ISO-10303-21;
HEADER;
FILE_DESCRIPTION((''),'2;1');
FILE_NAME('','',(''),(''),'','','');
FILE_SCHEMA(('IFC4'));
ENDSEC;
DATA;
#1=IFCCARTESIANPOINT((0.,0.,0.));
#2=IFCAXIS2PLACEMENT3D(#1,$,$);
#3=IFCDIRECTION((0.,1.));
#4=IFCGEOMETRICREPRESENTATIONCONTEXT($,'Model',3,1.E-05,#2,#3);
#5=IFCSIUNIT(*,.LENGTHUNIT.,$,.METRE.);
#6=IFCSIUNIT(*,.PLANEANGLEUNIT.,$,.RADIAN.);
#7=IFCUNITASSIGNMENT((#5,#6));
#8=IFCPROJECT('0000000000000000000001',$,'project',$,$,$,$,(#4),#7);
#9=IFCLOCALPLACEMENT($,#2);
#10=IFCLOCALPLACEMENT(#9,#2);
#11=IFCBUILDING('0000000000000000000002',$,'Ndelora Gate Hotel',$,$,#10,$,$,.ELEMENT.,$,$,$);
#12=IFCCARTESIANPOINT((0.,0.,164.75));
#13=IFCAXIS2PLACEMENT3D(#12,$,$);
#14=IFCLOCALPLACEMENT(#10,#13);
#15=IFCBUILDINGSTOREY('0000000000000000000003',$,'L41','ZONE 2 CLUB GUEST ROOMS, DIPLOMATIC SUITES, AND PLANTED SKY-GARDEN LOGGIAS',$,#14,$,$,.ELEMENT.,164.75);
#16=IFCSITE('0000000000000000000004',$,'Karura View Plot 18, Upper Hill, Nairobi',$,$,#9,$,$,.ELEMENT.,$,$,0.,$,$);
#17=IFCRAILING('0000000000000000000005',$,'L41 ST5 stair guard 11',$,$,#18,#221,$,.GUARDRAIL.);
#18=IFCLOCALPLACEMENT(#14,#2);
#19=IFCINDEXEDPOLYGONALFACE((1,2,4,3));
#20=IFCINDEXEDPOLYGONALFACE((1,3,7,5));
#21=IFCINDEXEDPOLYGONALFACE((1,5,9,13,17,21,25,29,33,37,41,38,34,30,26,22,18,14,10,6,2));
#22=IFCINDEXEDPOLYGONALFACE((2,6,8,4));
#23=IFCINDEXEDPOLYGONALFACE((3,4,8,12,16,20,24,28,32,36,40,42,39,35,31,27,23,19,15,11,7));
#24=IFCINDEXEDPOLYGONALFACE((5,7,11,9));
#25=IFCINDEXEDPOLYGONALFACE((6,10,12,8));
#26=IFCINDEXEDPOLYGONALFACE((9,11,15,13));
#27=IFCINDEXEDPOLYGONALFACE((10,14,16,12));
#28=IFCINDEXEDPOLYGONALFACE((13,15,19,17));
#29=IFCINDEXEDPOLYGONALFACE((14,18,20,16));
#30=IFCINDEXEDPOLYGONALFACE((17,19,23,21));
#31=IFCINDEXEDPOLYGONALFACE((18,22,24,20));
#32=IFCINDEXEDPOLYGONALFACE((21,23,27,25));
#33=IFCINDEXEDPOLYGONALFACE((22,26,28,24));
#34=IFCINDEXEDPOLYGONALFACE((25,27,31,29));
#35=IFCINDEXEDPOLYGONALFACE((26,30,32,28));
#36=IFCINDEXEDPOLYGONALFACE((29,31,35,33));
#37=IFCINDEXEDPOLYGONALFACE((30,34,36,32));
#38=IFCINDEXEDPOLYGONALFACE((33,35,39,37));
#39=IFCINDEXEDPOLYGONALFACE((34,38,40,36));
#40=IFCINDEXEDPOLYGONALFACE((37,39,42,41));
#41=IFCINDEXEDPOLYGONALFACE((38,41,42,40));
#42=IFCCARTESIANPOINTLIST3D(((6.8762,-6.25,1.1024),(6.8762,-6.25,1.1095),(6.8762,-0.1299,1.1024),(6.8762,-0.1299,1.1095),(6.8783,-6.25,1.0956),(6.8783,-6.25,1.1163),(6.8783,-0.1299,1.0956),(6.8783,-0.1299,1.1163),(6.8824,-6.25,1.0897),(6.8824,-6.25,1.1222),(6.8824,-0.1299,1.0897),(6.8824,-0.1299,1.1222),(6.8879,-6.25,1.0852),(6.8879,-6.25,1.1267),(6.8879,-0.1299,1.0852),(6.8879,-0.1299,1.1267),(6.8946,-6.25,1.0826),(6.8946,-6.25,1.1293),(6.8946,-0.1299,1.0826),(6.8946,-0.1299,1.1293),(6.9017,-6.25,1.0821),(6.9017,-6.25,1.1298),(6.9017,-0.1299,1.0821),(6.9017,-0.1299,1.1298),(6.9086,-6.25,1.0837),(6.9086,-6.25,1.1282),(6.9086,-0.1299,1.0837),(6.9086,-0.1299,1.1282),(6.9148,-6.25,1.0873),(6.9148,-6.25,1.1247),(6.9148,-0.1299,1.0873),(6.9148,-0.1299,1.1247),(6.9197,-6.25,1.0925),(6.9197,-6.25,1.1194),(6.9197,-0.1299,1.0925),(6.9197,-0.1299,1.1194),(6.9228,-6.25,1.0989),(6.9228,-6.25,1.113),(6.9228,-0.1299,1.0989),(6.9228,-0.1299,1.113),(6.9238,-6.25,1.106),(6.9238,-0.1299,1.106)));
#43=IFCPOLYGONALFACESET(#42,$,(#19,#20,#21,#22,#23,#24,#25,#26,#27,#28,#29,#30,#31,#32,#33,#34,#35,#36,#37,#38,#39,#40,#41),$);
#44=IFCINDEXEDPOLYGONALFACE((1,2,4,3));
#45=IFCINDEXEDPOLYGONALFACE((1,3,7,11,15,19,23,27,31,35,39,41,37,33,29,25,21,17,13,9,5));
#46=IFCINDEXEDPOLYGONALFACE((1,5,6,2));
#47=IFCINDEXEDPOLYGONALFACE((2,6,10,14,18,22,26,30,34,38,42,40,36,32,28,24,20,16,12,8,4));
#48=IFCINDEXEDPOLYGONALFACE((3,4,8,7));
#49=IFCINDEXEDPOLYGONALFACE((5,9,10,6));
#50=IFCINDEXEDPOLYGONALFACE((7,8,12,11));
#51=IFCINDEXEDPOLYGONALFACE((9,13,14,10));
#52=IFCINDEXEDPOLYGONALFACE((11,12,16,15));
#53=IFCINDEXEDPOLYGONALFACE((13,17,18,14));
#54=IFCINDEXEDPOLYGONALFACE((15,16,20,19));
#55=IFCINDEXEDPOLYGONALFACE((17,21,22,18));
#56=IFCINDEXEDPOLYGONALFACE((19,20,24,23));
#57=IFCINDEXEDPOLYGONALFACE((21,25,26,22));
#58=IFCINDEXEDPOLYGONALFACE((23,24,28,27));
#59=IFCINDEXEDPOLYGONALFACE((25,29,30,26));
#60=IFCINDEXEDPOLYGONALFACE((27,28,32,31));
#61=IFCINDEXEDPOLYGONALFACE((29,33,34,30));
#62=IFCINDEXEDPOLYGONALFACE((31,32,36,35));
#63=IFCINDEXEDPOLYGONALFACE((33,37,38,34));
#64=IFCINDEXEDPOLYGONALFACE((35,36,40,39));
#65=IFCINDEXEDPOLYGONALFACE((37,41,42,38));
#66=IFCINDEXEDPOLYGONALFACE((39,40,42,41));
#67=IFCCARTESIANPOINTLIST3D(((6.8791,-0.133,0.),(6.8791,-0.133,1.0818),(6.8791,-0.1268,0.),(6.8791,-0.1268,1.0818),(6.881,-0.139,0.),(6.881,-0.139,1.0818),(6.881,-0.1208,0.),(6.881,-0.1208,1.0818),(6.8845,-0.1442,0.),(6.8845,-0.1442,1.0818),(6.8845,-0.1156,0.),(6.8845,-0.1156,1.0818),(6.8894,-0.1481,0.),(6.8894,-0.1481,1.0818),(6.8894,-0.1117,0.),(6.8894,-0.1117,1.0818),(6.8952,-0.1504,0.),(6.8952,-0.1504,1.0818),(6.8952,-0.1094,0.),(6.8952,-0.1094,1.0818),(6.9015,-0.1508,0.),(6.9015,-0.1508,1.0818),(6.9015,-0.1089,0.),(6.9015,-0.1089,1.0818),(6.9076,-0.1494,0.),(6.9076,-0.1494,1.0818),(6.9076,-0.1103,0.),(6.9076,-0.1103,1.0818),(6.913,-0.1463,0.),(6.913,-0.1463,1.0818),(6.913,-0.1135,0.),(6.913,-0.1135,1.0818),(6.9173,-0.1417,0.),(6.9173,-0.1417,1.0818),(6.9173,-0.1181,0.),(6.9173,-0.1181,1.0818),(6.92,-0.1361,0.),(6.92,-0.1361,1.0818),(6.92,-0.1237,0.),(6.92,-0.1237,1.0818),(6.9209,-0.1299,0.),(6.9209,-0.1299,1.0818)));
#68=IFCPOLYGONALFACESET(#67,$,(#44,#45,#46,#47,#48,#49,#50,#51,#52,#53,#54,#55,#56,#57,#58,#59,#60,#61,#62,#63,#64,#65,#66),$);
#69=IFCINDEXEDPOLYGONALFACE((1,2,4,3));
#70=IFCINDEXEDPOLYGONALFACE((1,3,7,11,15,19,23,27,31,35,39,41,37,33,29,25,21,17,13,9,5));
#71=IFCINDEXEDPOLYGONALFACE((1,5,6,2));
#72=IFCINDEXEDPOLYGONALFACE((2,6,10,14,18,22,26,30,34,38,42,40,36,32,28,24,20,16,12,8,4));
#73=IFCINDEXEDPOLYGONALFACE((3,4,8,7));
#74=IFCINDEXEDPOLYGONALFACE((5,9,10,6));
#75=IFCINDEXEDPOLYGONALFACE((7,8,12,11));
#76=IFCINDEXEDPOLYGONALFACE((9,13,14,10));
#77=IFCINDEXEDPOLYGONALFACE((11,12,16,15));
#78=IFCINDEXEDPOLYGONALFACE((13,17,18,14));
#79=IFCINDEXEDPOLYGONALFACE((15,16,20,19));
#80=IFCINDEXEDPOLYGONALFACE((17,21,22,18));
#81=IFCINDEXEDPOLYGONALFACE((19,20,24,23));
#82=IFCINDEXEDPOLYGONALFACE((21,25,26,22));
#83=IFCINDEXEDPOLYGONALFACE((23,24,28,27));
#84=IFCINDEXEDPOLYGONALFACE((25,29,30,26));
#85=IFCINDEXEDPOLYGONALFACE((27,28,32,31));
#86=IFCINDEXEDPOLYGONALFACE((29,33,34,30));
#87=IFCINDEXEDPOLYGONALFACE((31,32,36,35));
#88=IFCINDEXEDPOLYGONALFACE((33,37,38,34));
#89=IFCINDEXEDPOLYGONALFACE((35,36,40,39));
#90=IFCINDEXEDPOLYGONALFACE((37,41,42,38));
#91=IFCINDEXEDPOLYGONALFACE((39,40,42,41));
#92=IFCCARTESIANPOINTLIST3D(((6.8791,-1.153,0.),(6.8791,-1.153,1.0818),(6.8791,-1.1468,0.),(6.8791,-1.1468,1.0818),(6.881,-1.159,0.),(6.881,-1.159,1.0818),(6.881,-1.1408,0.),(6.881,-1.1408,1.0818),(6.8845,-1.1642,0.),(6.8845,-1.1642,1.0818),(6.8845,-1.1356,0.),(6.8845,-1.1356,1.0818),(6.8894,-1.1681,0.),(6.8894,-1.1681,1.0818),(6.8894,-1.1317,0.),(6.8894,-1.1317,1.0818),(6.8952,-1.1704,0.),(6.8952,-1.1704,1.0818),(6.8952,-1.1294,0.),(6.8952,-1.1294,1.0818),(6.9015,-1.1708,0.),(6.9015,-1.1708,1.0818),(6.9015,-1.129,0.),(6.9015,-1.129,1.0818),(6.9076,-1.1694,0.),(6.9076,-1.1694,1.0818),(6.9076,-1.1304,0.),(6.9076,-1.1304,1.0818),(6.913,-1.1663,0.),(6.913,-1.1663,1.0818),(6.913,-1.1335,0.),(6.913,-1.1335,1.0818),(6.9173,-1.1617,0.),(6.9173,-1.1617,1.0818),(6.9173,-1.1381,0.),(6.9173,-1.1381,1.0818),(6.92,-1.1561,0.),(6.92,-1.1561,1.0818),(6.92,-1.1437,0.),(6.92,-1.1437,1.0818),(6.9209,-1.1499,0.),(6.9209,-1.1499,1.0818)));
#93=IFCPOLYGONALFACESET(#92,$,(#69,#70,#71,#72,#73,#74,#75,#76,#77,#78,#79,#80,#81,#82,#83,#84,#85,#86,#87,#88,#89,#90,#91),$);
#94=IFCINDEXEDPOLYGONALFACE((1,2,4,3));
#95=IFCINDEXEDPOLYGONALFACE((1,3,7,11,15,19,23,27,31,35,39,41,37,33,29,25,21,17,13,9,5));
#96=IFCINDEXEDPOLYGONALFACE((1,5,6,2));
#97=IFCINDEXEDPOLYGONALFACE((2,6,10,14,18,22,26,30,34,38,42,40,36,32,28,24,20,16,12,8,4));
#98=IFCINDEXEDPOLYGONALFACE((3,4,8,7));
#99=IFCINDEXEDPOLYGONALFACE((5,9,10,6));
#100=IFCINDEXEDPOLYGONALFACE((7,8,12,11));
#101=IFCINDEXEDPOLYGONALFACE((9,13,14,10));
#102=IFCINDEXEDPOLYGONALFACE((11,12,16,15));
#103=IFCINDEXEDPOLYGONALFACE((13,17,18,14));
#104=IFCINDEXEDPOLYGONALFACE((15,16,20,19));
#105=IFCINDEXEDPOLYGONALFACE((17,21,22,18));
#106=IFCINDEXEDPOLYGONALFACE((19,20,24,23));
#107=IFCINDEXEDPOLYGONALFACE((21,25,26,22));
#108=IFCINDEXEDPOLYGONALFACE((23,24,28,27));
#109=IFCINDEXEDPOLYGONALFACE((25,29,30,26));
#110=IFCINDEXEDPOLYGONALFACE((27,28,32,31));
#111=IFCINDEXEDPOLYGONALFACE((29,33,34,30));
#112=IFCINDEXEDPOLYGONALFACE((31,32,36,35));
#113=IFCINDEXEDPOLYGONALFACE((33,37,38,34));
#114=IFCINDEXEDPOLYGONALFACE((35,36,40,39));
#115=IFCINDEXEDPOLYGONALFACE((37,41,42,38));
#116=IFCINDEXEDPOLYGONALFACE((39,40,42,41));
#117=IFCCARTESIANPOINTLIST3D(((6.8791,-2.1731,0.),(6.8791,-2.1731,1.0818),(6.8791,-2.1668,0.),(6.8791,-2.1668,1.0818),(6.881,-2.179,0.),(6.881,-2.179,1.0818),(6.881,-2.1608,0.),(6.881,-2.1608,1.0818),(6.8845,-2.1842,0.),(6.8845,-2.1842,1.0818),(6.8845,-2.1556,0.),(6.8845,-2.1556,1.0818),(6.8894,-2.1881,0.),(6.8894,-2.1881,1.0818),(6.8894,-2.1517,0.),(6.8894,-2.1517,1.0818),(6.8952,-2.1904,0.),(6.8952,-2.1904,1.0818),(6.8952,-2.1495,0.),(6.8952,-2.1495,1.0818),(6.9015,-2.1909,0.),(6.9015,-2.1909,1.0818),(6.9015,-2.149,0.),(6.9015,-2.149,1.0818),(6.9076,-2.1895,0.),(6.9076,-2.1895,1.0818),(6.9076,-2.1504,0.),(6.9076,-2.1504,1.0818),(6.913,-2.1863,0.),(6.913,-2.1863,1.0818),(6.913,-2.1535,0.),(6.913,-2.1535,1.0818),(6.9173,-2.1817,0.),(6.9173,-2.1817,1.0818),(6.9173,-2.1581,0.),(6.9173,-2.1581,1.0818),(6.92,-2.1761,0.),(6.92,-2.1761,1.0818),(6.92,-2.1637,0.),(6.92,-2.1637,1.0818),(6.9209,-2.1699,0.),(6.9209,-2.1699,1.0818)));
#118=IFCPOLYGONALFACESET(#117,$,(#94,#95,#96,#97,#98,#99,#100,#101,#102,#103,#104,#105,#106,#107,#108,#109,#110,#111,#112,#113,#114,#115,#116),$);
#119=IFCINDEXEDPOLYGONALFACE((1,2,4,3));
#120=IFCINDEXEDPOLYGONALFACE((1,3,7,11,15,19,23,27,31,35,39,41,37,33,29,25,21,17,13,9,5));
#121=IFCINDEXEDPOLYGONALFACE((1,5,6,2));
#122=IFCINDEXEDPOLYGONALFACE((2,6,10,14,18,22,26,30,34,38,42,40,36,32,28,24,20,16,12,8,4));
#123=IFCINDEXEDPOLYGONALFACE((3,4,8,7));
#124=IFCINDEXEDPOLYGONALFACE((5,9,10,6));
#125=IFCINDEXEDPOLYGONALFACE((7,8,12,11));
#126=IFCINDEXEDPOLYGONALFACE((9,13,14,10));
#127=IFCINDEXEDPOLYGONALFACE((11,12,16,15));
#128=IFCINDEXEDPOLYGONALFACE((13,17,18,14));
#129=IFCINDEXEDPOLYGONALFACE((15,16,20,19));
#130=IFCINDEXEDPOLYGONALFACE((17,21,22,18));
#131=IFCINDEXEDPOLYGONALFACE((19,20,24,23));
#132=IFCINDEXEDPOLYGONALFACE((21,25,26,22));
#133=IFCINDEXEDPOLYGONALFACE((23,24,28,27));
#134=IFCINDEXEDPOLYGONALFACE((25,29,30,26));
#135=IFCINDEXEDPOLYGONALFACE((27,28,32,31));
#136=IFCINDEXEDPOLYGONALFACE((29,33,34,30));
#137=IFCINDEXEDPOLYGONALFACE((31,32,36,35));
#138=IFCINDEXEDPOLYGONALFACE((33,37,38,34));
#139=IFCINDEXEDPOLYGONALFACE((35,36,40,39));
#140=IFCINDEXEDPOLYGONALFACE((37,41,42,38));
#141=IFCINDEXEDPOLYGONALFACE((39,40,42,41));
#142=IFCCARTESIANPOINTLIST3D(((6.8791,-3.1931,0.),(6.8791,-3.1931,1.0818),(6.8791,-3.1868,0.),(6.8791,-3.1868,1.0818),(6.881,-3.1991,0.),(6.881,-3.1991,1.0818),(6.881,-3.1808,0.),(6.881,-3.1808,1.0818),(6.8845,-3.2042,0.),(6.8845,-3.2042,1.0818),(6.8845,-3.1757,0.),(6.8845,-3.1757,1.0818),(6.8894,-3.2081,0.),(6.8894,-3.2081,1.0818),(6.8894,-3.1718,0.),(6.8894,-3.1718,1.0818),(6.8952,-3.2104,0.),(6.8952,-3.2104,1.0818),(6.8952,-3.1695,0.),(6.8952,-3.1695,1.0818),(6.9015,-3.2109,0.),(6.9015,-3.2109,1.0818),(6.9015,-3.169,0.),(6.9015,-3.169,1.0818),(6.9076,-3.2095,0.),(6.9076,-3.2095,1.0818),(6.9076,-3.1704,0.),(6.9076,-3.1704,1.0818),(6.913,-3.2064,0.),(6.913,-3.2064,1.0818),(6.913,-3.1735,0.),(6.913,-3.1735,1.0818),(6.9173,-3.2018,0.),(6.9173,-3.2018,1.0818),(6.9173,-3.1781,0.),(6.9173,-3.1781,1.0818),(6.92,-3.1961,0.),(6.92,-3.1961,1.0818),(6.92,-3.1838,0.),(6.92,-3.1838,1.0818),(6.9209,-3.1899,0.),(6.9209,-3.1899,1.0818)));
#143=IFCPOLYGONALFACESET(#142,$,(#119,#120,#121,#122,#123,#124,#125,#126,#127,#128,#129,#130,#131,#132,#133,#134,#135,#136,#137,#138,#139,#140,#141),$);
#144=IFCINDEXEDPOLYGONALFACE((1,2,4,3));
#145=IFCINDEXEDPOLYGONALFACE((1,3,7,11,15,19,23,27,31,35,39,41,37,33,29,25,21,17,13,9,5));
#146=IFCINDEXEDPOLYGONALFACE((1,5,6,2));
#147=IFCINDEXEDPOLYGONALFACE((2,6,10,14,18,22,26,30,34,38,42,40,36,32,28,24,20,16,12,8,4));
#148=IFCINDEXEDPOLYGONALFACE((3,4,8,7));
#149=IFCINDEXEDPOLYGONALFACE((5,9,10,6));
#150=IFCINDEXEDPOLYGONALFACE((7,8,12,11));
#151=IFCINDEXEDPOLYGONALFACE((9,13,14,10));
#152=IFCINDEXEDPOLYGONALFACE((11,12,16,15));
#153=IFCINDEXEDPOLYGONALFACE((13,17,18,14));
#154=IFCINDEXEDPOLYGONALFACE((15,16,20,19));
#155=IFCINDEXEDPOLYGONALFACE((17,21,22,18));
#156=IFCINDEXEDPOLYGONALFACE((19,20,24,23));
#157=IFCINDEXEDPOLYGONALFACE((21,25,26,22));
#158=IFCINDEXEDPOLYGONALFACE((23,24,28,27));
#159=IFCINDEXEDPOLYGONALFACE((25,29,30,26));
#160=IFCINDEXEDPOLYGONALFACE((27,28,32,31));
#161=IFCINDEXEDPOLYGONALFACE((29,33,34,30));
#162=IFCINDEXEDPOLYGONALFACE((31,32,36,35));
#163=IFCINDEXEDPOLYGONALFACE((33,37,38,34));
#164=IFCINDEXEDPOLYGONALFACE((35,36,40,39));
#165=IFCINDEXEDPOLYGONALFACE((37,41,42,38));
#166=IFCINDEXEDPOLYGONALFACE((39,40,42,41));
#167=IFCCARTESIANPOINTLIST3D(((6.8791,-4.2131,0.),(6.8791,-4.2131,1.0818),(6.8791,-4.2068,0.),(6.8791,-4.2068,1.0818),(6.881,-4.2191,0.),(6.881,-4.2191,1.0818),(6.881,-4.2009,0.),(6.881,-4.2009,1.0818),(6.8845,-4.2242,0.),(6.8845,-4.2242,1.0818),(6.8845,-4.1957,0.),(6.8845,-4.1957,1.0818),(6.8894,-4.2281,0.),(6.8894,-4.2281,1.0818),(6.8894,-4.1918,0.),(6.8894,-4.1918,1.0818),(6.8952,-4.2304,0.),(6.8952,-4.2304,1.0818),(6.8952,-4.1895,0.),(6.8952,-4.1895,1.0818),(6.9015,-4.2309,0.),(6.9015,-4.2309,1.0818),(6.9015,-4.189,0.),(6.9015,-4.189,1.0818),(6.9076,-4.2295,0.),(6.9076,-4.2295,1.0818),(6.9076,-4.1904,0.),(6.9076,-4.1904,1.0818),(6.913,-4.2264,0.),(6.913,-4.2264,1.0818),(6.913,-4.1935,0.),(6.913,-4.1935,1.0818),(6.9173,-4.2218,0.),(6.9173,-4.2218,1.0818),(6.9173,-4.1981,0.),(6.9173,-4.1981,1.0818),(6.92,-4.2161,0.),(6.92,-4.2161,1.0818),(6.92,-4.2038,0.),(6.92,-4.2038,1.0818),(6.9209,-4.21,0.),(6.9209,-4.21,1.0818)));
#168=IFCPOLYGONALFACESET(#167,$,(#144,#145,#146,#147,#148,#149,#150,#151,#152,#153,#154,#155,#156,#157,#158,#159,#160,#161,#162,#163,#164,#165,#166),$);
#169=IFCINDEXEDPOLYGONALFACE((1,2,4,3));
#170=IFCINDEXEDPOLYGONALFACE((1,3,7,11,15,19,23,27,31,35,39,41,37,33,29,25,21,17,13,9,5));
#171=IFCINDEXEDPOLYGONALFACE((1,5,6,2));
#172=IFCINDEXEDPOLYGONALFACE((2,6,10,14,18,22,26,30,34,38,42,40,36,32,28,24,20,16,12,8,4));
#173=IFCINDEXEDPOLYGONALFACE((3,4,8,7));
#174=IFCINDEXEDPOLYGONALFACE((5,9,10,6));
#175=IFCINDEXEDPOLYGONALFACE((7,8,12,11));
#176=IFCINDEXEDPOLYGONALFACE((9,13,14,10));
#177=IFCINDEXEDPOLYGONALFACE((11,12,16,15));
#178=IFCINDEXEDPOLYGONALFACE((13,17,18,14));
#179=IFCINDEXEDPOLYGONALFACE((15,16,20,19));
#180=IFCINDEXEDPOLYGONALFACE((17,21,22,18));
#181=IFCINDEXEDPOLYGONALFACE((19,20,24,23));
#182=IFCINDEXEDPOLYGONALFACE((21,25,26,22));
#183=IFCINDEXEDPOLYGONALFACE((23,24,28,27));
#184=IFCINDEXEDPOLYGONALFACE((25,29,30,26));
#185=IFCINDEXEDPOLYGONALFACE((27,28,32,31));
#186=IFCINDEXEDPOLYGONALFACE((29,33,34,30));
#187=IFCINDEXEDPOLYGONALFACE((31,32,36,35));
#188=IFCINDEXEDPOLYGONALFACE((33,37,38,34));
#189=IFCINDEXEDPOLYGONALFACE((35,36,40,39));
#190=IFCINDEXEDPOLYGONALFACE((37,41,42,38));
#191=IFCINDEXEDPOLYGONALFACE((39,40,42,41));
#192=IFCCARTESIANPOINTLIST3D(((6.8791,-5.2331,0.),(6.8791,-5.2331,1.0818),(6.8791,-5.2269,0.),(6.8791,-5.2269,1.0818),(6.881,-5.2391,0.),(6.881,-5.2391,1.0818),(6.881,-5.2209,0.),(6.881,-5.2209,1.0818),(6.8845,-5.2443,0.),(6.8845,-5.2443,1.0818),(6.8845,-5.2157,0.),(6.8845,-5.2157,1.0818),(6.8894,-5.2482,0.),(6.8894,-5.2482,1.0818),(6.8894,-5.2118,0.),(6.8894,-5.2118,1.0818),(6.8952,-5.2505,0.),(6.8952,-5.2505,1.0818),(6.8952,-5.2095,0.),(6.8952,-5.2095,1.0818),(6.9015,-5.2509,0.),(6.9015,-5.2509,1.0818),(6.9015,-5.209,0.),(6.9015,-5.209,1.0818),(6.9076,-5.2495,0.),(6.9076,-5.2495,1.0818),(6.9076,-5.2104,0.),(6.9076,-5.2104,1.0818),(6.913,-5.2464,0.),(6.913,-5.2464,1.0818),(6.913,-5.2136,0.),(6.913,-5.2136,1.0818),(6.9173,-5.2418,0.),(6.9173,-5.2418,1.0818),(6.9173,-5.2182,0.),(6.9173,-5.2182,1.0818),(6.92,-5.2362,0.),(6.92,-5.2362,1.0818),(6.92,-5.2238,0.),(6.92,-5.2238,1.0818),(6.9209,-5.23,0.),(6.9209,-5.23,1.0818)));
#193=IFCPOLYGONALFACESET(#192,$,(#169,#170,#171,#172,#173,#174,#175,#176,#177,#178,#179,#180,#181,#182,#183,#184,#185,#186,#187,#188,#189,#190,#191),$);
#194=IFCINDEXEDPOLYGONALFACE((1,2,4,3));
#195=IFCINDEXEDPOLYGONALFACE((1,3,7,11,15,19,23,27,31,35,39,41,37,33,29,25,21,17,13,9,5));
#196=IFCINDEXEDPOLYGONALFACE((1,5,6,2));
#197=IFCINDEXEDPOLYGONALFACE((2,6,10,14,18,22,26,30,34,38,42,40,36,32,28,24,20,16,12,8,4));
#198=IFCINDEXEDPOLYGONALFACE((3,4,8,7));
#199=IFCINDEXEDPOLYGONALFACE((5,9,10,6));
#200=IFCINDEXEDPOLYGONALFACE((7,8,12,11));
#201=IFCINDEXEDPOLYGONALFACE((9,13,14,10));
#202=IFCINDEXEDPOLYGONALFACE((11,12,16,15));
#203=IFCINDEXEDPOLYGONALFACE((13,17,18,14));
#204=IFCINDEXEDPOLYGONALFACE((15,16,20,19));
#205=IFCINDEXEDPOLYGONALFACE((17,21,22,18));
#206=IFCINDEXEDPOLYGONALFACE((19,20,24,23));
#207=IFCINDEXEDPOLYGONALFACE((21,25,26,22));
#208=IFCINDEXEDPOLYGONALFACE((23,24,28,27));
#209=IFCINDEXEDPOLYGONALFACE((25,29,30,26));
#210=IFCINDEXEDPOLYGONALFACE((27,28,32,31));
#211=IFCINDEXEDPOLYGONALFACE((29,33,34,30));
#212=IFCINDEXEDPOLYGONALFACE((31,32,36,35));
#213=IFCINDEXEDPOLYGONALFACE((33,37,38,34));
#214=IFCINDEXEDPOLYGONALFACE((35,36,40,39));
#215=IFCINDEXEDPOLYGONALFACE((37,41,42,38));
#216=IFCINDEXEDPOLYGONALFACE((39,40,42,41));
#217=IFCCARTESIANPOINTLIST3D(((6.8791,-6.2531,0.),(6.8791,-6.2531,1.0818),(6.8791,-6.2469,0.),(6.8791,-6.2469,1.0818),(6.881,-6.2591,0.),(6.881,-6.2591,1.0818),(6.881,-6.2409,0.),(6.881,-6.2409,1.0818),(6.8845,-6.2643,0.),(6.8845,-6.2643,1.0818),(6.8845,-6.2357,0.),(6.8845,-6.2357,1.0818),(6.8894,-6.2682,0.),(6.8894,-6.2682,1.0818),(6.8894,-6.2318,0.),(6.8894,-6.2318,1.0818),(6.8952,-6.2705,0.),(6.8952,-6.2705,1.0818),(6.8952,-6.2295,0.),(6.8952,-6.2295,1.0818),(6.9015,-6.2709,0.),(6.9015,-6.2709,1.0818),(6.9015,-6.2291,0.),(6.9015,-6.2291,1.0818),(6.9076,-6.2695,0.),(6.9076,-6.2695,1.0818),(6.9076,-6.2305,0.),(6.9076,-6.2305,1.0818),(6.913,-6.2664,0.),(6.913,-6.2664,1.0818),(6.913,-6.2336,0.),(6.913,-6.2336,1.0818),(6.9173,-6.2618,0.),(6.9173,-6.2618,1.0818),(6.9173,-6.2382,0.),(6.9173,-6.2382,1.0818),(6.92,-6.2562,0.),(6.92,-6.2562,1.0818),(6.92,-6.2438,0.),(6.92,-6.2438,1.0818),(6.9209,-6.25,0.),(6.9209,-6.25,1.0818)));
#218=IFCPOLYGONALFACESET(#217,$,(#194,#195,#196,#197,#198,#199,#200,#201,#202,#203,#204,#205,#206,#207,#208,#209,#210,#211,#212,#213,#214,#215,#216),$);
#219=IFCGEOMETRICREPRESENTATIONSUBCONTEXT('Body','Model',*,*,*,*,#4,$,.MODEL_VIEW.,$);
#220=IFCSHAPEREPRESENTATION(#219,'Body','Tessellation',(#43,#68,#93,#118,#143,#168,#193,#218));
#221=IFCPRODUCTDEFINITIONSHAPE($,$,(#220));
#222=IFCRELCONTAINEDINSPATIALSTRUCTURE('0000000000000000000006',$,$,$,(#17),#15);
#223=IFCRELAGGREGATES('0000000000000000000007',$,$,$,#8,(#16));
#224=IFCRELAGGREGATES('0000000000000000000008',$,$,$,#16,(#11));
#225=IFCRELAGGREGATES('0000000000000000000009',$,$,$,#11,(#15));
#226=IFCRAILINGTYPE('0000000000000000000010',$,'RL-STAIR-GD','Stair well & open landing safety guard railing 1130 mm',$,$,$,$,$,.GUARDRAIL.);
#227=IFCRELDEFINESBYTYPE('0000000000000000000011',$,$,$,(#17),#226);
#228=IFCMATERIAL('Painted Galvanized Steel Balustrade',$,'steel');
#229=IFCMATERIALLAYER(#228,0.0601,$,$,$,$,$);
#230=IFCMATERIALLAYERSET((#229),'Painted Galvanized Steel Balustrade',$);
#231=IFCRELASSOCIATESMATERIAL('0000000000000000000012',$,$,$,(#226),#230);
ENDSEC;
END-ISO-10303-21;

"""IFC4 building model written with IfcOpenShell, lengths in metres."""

from ifc_helpers import new_model, si_unit, direction, frame, origin, origin_2d, place, context, subcontext, project, spatial, circle, extrude, material, layer, layer_set, type_object, element, save


model = new_model("IFC4")

# Units and contexts
model_context = context("Model", 3, precision=1e-05, world=origin(), true_north=direction((0.0, 1.0)))
body_context = subcontext(model_context, "Body", "Model", "MODEL_VIEW")
ifc_project = project(units=[si_unit("LENGTHUNIT", "METRE"), si_unit("PLANEANGLEUNIT", "RADIAN")], contexts=[model_context])

# Site, building, storey
site_placement = place(None, origin())
site = spatial("IfcSite", under=ifc_project, at=site_placement, Name="Karura View Plot 18, Upper Hill, Nairobi", CompositionType="ELEMENT", RefElevation=0.0)
building_placement = place(site_placement, origin())
building = spatial("IfcBuilding", under=site, at=building_placement, Name="Ndelora Gate Hotel", CompositionType="ELEMENT")
storey_placement = place(building_placement, frame((0.0, 0.0, 164.75)))
storey = spatial("IfcBuildingStorey", under=building, at=storey_placement, Name="L41", Description="ZONE 2 CLUB GUEST ROOMS, DIPLOMATIC SUITES, AND PLANTED SKY-GARDEN LOGGIAS", CompositionType="ELEMENT", Elevation=164.75)

# Railing
ifc_material_1 = material(Name="Painted Galvanized Steel Balustrade", Category="steel")
ifc_layer_1 = layer(ifc_material_1, 0.0601)
ifc_layer_set_1 = layer_set([ifc_layer_1], Name="Painted Galvanized Steel Balustrade")
railing_type_1 = type_object("IfcRailingType", Name="RL-STAIR-GD", Description="Stair well & open landing safety guard railing 1130 mm", PredefinedType="GUARDRAIL", material=ifc_layer_set_1)
railing_1_placement = place(storey_placement, frame((6.8999, -0.1299, 0.0)))
element("IfcRailing", 1, at=railing_1_placement, inside=storey, type_object=railing_type_1, Name="L41 ST5 stair guard 11", PredefinedType="GUARDRAIL", context=body_context, shape_type="SweptSolid", body=[
    extrude(circle(Radius=0.0239, at=origin_2d()), frame((0.0, 0.0, 1.106), z_axis=(0.0, -1.0, 0.0), x_axis=(1.0, 0.0, 0.0)), (0.0, 0.0, 1.0), 6.1201),
    extrude(circle(Radius=0.021, at=origin_2d()), origin(), (0.0, 0.0, 1.0), 1.0818),
    extrude(circle(Radius=0.021, at=origin_2d()), frame((0.0, -1.02, 0.0)), (0.0, 0.0, 1.0), 1.0818),
    extrude(circle(Radius=0.021, at=origin_2d()), frame((0.0, -2.04, 0.0)), (0.0, 0.0, 1.0), 1.0818),
    extrude(circle(Radius=0.021, at=origin_2d()), frame((0.0, -3.0601, 0.0)), (0.0, 0.0, 1.0), 1.0818),
    extrude(circle(Radius=0.021, at=origin_2d()), frame((0.0, -4.0801, 0.0)), (0.0, 0.0, 1.0), 1.0818),
    extrude(circle(Radius=0.021, at=origin_2d()), frame((0.0, -5.1001, 0.0)), (0.0, 0.0, 1.0), 1.0818),
    extrude(circle(Radius=0.021, at=origin_2d()), frame((0.0, -6.1201, 0.0)), (0.0, 0.0, 1.0), 1.0818),
])

save(model, "model.ifc")
